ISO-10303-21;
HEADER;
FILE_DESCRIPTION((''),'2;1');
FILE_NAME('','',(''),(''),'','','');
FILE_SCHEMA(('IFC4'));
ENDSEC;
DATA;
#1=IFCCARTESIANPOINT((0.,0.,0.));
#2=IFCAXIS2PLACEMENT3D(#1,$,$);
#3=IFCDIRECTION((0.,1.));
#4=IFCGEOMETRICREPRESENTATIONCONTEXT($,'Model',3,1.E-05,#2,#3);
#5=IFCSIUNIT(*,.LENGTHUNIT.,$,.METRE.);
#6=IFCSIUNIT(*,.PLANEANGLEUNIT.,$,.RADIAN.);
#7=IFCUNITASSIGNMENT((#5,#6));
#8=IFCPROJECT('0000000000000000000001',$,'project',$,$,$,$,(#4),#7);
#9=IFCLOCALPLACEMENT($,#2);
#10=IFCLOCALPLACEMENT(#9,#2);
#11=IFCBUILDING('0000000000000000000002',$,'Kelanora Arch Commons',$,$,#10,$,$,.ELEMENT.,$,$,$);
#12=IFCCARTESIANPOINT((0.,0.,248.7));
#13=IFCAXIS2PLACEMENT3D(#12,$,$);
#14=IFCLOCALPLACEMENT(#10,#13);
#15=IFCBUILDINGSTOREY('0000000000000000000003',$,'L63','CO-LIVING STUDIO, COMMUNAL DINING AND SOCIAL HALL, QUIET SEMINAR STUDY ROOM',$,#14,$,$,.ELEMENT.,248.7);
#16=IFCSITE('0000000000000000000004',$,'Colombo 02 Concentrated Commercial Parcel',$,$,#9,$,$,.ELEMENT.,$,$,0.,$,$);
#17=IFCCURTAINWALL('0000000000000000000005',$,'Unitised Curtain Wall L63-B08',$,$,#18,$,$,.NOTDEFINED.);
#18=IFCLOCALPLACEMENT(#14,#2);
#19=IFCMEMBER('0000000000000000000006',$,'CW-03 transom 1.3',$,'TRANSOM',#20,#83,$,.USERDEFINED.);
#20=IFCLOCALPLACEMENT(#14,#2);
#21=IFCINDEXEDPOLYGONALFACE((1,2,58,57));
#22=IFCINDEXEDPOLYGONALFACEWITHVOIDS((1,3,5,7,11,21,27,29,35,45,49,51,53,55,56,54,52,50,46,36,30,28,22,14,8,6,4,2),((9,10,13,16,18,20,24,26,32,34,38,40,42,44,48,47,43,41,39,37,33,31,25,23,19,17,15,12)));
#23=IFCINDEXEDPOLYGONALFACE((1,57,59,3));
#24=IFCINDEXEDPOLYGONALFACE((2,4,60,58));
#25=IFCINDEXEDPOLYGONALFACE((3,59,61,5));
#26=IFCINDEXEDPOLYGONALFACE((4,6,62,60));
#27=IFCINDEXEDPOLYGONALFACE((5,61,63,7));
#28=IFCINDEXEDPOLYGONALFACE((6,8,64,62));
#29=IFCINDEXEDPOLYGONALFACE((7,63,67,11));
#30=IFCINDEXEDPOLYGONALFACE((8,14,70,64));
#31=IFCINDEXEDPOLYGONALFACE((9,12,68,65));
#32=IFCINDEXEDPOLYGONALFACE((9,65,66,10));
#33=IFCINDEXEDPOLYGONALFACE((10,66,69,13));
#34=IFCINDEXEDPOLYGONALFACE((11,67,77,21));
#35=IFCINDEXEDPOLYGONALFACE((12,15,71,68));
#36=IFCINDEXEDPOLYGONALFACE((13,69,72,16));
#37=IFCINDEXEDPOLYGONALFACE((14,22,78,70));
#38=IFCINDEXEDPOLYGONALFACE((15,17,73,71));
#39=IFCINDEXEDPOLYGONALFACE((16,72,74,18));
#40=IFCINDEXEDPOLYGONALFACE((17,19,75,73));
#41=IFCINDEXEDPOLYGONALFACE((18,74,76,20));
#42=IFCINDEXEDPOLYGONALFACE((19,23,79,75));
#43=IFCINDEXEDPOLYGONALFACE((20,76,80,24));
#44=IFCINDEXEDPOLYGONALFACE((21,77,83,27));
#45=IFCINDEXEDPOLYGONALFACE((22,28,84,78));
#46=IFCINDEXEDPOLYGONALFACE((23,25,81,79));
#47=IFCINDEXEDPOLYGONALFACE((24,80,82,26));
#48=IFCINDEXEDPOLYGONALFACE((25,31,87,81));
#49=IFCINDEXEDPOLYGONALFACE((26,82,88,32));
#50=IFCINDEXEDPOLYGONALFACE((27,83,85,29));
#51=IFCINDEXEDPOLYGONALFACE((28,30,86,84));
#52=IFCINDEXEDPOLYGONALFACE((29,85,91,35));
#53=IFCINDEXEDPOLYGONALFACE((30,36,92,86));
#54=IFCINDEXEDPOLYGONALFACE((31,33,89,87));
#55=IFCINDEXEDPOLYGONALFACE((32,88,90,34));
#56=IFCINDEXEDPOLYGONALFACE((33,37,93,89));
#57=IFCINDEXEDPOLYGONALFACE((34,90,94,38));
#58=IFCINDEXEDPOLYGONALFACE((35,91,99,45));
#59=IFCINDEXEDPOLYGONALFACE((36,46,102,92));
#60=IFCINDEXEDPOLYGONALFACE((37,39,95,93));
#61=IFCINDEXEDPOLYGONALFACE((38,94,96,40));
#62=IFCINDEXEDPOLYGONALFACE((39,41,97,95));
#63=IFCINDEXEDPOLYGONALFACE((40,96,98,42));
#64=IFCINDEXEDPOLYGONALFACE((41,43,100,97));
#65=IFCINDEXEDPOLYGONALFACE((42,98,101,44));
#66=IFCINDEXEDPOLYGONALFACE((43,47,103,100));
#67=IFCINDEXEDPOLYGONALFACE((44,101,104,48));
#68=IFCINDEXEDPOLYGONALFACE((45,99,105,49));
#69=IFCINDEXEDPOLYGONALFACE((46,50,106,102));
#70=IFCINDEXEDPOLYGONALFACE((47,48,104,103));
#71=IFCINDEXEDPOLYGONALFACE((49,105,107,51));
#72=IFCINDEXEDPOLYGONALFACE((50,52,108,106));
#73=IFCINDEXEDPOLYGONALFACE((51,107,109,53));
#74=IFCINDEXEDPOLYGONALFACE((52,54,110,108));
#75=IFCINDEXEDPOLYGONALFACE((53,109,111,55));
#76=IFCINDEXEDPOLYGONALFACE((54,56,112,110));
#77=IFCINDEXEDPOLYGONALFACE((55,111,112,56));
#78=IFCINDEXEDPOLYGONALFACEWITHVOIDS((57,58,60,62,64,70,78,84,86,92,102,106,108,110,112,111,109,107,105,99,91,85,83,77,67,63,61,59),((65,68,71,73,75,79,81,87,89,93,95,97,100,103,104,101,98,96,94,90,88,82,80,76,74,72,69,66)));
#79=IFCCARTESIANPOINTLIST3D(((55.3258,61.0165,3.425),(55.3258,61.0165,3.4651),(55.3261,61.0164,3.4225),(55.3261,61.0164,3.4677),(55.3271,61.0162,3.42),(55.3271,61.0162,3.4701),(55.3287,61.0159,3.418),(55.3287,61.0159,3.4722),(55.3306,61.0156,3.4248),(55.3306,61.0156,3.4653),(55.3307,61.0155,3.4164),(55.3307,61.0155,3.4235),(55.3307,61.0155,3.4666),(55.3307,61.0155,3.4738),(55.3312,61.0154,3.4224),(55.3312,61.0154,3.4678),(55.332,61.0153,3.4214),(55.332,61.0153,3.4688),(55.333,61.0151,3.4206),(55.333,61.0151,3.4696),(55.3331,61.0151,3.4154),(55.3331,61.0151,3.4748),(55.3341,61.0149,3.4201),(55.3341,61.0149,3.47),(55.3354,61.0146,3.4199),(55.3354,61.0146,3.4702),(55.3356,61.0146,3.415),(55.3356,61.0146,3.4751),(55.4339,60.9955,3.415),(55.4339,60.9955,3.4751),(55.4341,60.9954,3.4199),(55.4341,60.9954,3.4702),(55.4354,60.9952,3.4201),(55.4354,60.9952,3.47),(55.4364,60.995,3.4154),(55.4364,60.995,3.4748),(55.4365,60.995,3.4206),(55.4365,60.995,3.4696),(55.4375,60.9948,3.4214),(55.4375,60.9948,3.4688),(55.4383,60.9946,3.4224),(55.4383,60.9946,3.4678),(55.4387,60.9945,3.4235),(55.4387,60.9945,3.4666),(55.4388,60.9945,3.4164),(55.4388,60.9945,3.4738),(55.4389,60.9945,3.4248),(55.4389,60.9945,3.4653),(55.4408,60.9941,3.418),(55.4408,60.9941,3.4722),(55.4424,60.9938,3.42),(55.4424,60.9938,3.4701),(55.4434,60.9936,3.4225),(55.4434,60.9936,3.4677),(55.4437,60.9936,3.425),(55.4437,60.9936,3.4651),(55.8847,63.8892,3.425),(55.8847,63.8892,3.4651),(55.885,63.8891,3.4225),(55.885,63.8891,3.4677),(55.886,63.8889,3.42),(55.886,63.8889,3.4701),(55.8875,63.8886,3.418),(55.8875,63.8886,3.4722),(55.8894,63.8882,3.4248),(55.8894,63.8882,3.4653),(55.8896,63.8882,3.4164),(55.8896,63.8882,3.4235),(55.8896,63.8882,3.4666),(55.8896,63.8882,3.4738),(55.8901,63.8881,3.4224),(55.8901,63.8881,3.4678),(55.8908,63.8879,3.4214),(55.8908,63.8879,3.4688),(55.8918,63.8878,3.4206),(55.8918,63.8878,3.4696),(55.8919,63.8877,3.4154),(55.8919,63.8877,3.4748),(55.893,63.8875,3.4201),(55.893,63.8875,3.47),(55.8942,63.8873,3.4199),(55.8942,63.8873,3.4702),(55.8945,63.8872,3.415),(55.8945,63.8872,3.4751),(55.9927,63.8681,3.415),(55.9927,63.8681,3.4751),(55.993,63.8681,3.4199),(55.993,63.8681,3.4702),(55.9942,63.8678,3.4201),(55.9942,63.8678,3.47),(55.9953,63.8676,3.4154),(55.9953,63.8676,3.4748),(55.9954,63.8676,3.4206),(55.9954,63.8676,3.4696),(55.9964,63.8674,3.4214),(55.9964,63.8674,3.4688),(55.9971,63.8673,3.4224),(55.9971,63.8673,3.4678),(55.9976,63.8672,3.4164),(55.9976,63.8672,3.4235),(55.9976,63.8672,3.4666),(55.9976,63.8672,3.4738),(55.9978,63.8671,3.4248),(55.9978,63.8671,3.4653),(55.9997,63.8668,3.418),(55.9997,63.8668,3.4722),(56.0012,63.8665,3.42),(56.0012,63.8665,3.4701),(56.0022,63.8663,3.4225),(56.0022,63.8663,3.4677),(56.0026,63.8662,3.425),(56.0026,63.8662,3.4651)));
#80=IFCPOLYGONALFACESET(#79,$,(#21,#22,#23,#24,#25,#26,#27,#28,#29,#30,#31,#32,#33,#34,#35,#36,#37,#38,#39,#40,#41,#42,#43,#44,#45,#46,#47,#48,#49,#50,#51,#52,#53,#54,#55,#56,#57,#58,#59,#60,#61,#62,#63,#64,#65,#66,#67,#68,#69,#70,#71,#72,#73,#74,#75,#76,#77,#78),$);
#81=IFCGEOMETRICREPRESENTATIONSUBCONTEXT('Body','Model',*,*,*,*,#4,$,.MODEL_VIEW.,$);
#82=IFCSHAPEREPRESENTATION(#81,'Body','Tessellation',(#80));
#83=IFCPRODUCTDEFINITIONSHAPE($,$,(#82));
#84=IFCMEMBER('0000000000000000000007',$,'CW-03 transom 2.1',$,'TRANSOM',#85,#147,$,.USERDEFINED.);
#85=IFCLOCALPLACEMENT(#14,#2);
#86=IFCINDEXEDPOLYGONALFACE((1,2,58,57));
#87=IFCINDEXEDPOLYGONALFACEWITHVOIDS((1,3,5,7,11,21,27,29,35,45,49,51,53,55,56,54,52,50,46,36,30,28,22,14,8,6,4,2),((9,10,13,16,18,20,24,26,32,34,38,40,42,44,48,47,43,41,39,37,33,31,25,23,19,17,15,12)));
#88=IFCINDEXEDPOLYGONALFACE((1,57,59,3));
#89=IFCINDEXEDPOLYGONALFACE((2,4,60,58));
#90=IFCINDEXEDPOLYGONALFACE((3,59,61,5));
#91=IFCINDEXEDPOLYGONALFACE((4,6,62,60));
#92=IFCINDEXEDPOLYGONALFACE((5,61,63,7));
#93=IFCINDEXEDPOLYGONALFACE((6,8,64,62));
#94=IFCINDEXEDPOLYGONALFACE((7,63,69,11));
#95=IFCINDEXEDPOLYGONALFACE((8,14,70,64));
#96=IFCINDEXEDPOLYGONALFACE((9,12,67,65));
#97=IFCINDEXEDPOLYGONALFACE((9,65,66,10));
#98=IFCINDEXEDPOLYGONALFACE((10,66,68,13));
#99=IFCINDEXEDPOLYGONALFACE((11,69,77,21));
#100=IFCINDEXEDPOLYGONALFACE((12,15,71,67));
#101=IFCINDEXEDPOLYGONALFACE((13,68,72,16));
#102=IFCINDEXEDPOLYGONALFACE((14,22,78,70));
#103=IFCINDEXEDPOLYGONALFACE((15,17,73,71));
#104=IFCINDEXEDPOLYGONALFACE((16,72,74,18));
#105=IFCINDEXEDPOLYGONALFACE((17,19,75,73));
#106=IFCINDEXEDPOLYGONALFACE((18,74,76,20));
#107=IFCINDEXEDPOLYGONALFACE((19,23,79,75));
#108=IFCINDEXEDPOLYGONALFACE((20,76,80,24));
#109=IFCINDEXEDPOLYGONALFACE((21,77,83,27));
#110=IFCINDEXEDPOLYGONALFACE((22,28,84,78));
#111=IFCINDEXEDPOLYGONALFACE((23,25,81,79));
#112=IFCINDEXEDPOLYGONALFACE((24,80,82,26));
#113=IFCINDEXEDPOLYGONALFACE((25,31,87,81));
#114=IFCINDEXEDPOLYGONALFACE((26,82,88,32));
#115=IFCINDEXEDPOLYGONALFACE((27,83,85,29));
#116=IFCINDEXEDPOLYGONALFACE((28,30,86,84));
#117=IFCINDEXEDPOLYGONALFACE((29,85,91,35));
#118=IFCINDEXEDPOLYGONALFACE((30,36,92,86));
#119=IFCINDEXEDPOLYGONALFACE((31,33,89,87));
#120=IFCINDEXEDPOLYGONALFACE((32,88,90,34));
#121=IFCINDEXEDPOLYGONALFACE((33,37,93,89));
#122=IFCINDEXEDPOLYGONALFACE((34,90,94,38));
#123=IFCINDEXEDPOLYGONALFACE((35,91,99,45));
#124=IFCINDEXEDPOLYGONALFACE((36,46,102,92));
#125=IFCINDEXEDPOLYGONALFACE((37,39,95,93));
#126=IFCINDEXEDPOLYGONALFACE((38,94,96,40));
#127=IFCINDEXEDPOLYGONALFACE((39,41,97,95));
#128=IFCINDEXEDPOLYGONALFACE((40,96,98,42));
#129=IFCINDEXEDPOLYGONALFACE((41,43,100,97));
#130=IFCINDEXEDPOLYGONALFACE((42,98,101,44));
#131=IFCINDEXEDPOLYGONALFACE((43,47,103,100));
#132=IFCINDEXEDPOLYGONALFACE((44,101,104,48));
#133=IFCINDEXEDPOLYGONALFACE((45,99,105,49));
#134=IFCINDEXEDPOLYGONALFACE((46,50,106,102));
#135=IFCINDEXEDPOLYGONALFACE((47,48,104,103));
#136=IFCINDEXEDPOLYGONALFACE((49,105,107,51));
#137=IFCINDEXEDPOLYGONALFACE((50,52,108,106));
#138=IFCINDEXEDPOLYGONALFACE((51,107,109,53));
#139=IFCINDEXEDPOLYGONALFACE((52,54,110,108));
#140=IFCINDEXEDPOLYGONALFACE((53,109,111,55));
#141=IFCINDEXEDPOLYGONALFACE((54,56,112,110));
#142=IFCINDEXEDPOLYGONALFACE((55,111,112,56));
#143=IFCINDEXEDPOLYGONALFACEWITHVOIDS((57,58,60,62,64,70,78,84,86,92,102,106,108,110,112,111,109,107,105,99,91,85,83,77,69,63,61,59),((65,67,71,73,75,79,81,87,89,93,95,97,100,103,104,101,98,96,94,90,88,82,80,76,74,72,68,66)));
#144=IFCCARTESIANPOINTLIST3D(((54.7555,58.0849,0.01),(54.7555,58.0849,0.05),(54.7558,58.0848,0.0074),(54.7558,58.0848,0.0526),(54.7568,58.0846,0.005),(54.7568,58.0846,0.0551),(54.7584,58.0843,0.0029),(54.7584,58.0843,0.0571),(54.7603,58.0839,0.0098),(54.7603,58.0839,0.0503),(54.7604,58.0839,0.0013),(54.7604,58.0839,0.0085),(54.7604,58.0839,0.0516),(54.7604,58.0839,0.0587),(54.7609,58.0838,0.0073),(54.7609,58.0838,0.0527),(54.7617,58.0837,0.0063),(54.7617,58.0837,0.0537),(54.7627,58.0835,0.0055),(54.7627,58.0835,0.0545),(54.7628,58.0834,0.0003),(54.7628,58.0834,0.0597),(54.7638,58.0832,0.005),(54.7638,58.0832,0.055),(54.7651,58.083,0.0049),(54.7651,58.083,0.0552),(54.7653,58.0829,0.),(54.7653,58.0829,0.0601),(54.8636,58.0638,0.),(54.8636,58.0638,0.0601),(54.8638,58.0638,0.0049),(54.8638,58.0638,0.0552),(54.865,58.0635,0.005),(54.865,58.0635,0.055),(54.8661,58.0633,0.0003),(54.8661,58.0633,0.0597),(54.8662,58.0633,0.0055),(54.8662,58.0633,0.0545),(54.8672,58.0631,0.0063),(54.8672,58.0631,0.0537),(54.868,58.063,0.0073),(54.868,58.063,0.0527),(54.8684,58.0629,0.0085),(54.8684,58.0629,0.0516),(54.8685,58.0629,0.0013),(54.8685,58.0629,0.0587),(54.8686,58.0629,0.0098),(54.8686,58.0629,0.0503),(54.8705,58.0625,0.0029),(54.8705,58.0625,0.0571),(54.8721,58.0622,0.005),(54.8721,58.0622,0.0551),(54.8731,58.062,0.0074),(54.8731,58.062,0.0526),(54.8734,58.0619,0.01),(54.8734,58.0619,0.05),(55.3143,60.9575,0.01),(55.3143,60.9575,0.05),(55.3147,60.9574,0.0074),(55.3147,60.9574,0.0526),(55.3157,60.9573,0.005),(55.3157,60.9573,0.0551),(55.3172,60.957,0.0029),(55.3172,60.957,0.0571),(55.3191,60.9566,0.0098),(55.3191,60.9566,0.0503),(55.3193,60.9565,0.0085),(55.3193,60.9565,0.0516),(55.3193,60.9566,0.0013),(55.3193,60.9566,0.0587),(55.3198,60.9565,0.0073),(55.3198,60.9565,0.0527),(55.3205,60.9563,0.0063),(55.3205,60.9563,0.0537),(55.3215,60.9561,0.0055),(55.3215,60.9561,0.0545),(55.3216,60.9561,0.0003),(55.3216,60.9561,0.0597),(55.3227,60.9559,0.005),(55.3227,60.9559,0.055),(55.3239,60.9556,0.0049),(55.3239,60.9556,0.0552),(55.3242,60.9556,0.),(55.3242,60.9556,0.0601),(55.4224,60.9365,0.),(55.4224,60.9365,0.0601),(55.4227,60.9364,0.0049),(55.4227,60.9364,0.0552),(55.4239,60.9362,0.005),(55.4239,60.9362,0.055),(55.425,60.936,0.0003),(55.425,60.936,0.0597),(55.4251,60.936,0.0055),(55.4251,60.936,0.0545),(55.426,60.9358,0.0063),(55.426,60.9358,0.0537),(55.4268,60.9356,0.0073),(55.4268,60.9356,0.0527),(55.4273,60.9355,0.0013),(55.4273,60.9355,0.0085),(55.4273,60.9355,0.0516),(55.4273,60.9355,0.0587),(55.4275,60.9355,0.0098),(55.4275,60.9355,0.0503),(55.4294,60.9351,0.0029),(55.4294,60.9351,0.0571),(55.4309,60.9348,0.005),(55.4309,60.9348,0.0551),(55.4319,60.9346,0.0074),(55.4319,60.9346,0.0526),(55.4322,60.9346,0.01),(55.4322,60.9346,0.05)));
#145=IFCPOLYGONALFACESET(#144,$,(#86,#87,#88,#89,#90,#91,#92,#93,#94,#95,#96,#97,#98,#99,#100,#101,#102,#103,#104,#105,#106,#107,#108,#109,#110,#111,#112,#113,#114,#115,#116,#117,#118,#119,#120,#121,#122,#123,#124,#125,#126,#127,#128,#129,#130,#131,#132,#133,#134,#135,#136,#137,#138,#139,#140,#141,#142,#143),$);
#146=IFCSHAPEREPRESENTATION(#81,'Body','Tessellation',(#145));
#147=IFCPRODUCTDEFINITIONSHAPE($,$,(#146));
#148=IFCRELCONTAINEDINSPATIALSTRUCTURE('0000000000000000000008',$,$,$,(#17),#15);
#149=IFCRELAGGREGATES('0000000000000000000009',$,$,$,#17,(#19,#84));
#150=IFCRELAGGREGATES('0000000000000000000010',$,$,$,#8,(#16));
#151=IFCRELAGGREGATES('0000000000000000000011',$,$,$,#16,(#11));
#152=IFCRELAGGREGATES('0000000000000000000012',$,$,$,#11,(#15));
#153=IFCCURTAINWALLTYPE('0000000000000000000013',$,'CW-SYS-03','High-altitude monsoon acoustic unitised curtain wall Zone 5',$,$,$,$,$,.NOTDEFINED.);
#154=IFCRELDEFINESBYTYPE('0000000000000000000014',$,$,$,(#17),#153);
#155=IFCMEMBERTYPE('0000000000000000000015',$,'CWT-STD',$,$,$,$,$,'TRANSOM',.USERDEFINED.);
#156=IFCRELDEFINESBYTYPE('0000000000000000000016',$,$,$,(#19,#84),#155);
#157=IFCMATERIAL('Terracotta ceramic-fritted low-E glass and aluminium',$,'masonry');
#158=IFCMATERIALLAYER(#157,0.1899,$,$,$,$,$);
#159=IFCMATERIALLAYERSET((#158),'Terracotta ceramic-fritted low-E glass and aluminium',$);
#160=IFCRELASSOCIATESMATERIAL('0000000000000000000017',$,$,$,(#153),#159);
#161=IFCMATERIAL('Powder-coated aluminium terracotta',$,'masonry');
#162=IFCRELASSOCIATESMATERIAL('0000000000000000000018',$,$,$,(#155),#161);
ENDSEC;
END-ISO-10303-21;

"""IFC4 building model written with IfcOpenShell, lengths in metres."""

from ifc_helpers import new_model, si_unit, direction, frame, origin, origin_2d, place, context, subcontext, project, spatial, hollow_rectangle, extrude, material, layer, layer_set, material_profile, profile_set, type_object, element, aggregate, save


model = new_model("IFC4")

# Units and contexts
model_context = context("Model", 3, precision=1e-05, world=origin(), true_north=direction((0.0, 1.0)))
body_context = subcontext(model_context, "Body", "Model", "MODEL_VIEW")
ifc_project = project(units=[si_unit("LENGTHUNIT", "METRE"), si_unit("PLANEANGLEUNIT", "RADIAN")], contexts=[model_context])

# Site, building, storey
site_placement = place(None, origin())
site = spatial("IfcSite", under=ifc_project, at=site_placement, Name="Colombo 02 Concentrated Commercial Parcel", CompositionType="ELEMENT", RefElevation=0.0)
building_placement = place(site_placement, origin())
building = spatial("IfcBuilding", under=site, at=building_placement, Name="Kelanora Arch Commons", CompositionType="ELEMENT")
storey_placement = place(building_placement, frame((0.0, 0.0, 248.7)))
storey = spatial("IfcBuildingStorey", under=building, at=storey_placement, Name="L63", Description="CO-LIVING STUDIO, COMMUNAL DINING AND SOCIAL HALL, QUIET SEMINAR STUDY ROOM", CompositionType="ELEMENT", Elevation=248.7)

# Curtain wall, members
ifc_material_1 = material(Name="Terracotta ceramic-fritted low-E glass and aluminium", Category="masonry")
ifc_layer_1 = layer(ifc_material_1, 0.1899)
ifc_layer_set_1 = layer_set([ifc_layer_1], Name="Terracotta ceramic-fritted low-E glass and aluminium")
curtain_wall_type = type_object("IfcCurtainWallType", Name="CW-SYS-03", Description="High-altitude monsoon acoustic unitised curtain wall Zone 5", PredefinedType="NOTDEFINED", material=ifc_layer_set_1)
curtain_wall_placement = place(storey_placement, origin())
curtain_wall = element("IfcCurtainWall", 1, at=curtain_wall_placement, inside=storey, type_object=curtain_wall_type, Name="Unitised Curtain Wall L63-B08", PredefinedType="NOTDEFINED")
ifc_material_2 = material(Name="Powder-coated aluminium terracotta", Category="masonry")
ifc_material_profile_1 = material_profile(ifc_material_2, hollow_rectangle(XDim=0.1201, YDim=0.0601, WallThickness=0.0049, InnerFilletRadius=0.0049, OuterFilletRadius=0.01, at=origin_2d()), Name="CWT120x60")
ifc_profile_set_1 = profile_set([ifc_material_profile_1], Name="Powder-coated aluminium terracotta")
member_type_1 = type_object("IfcMemberType", Name="CWT-STD", ElementType="TRANSOM", PredefinedType="USERDEFINED", material=ifc_profile_set_1)
member_1_placement = place(storey_placement, frame((55.9436, 63.8777, 3.4451), z_axis=(-0.190963, -0.981597, 0.0), x_axis=(0.981597, -0.190963, 0.0)))
member_1 = element("IfcMember", 2, at=member_1_placement, type_object=member_type_1, Name="CW-03 transom 1.3", ObjectType="TRANSOM", PredefinedType="USERDEFINED", context=body_context, shape_type="SweptSolid", body=[
    extrude(hollow_rectangle(XDim=0.1201, YDim=0.0601, WallThickness=0.0049, InnerFilletRadius=0.0049, OuterFilletRadius=0.01, at=origin_2d()), origin(), (0.0, 0.0, 1.0), 2.9265),
])
member_2_placement = place(storey_placement, frame((55.3733, 60.946, 0.03), z_axis=(-0.190963, -0.981597, 0.0), x_axis=(0.981597, -0.190963, 0.0)))
member_2 = element("IfcMember", 3, at=member_2_placement, type_object=member_type_1, Name="CW-03 transom 2.1", ObjectType="TRANSOM", PredefinedType="USERDEFINED", context=body_context, shape_type="SweptSolid", body=[
    extrude(hollow_rectangle(XDim=0.1201, YDim=0.0601, WallThickness=0.0049, InnerFilletRadius=0.0049, OuterFilletRadius=0.01, at=origin_2d()), origin(), (0.0, 0.0, 1.0), 2.9265),
])
aggregate(curtain_wall, [member_1, member_2])

save(model, "model.ifc")
